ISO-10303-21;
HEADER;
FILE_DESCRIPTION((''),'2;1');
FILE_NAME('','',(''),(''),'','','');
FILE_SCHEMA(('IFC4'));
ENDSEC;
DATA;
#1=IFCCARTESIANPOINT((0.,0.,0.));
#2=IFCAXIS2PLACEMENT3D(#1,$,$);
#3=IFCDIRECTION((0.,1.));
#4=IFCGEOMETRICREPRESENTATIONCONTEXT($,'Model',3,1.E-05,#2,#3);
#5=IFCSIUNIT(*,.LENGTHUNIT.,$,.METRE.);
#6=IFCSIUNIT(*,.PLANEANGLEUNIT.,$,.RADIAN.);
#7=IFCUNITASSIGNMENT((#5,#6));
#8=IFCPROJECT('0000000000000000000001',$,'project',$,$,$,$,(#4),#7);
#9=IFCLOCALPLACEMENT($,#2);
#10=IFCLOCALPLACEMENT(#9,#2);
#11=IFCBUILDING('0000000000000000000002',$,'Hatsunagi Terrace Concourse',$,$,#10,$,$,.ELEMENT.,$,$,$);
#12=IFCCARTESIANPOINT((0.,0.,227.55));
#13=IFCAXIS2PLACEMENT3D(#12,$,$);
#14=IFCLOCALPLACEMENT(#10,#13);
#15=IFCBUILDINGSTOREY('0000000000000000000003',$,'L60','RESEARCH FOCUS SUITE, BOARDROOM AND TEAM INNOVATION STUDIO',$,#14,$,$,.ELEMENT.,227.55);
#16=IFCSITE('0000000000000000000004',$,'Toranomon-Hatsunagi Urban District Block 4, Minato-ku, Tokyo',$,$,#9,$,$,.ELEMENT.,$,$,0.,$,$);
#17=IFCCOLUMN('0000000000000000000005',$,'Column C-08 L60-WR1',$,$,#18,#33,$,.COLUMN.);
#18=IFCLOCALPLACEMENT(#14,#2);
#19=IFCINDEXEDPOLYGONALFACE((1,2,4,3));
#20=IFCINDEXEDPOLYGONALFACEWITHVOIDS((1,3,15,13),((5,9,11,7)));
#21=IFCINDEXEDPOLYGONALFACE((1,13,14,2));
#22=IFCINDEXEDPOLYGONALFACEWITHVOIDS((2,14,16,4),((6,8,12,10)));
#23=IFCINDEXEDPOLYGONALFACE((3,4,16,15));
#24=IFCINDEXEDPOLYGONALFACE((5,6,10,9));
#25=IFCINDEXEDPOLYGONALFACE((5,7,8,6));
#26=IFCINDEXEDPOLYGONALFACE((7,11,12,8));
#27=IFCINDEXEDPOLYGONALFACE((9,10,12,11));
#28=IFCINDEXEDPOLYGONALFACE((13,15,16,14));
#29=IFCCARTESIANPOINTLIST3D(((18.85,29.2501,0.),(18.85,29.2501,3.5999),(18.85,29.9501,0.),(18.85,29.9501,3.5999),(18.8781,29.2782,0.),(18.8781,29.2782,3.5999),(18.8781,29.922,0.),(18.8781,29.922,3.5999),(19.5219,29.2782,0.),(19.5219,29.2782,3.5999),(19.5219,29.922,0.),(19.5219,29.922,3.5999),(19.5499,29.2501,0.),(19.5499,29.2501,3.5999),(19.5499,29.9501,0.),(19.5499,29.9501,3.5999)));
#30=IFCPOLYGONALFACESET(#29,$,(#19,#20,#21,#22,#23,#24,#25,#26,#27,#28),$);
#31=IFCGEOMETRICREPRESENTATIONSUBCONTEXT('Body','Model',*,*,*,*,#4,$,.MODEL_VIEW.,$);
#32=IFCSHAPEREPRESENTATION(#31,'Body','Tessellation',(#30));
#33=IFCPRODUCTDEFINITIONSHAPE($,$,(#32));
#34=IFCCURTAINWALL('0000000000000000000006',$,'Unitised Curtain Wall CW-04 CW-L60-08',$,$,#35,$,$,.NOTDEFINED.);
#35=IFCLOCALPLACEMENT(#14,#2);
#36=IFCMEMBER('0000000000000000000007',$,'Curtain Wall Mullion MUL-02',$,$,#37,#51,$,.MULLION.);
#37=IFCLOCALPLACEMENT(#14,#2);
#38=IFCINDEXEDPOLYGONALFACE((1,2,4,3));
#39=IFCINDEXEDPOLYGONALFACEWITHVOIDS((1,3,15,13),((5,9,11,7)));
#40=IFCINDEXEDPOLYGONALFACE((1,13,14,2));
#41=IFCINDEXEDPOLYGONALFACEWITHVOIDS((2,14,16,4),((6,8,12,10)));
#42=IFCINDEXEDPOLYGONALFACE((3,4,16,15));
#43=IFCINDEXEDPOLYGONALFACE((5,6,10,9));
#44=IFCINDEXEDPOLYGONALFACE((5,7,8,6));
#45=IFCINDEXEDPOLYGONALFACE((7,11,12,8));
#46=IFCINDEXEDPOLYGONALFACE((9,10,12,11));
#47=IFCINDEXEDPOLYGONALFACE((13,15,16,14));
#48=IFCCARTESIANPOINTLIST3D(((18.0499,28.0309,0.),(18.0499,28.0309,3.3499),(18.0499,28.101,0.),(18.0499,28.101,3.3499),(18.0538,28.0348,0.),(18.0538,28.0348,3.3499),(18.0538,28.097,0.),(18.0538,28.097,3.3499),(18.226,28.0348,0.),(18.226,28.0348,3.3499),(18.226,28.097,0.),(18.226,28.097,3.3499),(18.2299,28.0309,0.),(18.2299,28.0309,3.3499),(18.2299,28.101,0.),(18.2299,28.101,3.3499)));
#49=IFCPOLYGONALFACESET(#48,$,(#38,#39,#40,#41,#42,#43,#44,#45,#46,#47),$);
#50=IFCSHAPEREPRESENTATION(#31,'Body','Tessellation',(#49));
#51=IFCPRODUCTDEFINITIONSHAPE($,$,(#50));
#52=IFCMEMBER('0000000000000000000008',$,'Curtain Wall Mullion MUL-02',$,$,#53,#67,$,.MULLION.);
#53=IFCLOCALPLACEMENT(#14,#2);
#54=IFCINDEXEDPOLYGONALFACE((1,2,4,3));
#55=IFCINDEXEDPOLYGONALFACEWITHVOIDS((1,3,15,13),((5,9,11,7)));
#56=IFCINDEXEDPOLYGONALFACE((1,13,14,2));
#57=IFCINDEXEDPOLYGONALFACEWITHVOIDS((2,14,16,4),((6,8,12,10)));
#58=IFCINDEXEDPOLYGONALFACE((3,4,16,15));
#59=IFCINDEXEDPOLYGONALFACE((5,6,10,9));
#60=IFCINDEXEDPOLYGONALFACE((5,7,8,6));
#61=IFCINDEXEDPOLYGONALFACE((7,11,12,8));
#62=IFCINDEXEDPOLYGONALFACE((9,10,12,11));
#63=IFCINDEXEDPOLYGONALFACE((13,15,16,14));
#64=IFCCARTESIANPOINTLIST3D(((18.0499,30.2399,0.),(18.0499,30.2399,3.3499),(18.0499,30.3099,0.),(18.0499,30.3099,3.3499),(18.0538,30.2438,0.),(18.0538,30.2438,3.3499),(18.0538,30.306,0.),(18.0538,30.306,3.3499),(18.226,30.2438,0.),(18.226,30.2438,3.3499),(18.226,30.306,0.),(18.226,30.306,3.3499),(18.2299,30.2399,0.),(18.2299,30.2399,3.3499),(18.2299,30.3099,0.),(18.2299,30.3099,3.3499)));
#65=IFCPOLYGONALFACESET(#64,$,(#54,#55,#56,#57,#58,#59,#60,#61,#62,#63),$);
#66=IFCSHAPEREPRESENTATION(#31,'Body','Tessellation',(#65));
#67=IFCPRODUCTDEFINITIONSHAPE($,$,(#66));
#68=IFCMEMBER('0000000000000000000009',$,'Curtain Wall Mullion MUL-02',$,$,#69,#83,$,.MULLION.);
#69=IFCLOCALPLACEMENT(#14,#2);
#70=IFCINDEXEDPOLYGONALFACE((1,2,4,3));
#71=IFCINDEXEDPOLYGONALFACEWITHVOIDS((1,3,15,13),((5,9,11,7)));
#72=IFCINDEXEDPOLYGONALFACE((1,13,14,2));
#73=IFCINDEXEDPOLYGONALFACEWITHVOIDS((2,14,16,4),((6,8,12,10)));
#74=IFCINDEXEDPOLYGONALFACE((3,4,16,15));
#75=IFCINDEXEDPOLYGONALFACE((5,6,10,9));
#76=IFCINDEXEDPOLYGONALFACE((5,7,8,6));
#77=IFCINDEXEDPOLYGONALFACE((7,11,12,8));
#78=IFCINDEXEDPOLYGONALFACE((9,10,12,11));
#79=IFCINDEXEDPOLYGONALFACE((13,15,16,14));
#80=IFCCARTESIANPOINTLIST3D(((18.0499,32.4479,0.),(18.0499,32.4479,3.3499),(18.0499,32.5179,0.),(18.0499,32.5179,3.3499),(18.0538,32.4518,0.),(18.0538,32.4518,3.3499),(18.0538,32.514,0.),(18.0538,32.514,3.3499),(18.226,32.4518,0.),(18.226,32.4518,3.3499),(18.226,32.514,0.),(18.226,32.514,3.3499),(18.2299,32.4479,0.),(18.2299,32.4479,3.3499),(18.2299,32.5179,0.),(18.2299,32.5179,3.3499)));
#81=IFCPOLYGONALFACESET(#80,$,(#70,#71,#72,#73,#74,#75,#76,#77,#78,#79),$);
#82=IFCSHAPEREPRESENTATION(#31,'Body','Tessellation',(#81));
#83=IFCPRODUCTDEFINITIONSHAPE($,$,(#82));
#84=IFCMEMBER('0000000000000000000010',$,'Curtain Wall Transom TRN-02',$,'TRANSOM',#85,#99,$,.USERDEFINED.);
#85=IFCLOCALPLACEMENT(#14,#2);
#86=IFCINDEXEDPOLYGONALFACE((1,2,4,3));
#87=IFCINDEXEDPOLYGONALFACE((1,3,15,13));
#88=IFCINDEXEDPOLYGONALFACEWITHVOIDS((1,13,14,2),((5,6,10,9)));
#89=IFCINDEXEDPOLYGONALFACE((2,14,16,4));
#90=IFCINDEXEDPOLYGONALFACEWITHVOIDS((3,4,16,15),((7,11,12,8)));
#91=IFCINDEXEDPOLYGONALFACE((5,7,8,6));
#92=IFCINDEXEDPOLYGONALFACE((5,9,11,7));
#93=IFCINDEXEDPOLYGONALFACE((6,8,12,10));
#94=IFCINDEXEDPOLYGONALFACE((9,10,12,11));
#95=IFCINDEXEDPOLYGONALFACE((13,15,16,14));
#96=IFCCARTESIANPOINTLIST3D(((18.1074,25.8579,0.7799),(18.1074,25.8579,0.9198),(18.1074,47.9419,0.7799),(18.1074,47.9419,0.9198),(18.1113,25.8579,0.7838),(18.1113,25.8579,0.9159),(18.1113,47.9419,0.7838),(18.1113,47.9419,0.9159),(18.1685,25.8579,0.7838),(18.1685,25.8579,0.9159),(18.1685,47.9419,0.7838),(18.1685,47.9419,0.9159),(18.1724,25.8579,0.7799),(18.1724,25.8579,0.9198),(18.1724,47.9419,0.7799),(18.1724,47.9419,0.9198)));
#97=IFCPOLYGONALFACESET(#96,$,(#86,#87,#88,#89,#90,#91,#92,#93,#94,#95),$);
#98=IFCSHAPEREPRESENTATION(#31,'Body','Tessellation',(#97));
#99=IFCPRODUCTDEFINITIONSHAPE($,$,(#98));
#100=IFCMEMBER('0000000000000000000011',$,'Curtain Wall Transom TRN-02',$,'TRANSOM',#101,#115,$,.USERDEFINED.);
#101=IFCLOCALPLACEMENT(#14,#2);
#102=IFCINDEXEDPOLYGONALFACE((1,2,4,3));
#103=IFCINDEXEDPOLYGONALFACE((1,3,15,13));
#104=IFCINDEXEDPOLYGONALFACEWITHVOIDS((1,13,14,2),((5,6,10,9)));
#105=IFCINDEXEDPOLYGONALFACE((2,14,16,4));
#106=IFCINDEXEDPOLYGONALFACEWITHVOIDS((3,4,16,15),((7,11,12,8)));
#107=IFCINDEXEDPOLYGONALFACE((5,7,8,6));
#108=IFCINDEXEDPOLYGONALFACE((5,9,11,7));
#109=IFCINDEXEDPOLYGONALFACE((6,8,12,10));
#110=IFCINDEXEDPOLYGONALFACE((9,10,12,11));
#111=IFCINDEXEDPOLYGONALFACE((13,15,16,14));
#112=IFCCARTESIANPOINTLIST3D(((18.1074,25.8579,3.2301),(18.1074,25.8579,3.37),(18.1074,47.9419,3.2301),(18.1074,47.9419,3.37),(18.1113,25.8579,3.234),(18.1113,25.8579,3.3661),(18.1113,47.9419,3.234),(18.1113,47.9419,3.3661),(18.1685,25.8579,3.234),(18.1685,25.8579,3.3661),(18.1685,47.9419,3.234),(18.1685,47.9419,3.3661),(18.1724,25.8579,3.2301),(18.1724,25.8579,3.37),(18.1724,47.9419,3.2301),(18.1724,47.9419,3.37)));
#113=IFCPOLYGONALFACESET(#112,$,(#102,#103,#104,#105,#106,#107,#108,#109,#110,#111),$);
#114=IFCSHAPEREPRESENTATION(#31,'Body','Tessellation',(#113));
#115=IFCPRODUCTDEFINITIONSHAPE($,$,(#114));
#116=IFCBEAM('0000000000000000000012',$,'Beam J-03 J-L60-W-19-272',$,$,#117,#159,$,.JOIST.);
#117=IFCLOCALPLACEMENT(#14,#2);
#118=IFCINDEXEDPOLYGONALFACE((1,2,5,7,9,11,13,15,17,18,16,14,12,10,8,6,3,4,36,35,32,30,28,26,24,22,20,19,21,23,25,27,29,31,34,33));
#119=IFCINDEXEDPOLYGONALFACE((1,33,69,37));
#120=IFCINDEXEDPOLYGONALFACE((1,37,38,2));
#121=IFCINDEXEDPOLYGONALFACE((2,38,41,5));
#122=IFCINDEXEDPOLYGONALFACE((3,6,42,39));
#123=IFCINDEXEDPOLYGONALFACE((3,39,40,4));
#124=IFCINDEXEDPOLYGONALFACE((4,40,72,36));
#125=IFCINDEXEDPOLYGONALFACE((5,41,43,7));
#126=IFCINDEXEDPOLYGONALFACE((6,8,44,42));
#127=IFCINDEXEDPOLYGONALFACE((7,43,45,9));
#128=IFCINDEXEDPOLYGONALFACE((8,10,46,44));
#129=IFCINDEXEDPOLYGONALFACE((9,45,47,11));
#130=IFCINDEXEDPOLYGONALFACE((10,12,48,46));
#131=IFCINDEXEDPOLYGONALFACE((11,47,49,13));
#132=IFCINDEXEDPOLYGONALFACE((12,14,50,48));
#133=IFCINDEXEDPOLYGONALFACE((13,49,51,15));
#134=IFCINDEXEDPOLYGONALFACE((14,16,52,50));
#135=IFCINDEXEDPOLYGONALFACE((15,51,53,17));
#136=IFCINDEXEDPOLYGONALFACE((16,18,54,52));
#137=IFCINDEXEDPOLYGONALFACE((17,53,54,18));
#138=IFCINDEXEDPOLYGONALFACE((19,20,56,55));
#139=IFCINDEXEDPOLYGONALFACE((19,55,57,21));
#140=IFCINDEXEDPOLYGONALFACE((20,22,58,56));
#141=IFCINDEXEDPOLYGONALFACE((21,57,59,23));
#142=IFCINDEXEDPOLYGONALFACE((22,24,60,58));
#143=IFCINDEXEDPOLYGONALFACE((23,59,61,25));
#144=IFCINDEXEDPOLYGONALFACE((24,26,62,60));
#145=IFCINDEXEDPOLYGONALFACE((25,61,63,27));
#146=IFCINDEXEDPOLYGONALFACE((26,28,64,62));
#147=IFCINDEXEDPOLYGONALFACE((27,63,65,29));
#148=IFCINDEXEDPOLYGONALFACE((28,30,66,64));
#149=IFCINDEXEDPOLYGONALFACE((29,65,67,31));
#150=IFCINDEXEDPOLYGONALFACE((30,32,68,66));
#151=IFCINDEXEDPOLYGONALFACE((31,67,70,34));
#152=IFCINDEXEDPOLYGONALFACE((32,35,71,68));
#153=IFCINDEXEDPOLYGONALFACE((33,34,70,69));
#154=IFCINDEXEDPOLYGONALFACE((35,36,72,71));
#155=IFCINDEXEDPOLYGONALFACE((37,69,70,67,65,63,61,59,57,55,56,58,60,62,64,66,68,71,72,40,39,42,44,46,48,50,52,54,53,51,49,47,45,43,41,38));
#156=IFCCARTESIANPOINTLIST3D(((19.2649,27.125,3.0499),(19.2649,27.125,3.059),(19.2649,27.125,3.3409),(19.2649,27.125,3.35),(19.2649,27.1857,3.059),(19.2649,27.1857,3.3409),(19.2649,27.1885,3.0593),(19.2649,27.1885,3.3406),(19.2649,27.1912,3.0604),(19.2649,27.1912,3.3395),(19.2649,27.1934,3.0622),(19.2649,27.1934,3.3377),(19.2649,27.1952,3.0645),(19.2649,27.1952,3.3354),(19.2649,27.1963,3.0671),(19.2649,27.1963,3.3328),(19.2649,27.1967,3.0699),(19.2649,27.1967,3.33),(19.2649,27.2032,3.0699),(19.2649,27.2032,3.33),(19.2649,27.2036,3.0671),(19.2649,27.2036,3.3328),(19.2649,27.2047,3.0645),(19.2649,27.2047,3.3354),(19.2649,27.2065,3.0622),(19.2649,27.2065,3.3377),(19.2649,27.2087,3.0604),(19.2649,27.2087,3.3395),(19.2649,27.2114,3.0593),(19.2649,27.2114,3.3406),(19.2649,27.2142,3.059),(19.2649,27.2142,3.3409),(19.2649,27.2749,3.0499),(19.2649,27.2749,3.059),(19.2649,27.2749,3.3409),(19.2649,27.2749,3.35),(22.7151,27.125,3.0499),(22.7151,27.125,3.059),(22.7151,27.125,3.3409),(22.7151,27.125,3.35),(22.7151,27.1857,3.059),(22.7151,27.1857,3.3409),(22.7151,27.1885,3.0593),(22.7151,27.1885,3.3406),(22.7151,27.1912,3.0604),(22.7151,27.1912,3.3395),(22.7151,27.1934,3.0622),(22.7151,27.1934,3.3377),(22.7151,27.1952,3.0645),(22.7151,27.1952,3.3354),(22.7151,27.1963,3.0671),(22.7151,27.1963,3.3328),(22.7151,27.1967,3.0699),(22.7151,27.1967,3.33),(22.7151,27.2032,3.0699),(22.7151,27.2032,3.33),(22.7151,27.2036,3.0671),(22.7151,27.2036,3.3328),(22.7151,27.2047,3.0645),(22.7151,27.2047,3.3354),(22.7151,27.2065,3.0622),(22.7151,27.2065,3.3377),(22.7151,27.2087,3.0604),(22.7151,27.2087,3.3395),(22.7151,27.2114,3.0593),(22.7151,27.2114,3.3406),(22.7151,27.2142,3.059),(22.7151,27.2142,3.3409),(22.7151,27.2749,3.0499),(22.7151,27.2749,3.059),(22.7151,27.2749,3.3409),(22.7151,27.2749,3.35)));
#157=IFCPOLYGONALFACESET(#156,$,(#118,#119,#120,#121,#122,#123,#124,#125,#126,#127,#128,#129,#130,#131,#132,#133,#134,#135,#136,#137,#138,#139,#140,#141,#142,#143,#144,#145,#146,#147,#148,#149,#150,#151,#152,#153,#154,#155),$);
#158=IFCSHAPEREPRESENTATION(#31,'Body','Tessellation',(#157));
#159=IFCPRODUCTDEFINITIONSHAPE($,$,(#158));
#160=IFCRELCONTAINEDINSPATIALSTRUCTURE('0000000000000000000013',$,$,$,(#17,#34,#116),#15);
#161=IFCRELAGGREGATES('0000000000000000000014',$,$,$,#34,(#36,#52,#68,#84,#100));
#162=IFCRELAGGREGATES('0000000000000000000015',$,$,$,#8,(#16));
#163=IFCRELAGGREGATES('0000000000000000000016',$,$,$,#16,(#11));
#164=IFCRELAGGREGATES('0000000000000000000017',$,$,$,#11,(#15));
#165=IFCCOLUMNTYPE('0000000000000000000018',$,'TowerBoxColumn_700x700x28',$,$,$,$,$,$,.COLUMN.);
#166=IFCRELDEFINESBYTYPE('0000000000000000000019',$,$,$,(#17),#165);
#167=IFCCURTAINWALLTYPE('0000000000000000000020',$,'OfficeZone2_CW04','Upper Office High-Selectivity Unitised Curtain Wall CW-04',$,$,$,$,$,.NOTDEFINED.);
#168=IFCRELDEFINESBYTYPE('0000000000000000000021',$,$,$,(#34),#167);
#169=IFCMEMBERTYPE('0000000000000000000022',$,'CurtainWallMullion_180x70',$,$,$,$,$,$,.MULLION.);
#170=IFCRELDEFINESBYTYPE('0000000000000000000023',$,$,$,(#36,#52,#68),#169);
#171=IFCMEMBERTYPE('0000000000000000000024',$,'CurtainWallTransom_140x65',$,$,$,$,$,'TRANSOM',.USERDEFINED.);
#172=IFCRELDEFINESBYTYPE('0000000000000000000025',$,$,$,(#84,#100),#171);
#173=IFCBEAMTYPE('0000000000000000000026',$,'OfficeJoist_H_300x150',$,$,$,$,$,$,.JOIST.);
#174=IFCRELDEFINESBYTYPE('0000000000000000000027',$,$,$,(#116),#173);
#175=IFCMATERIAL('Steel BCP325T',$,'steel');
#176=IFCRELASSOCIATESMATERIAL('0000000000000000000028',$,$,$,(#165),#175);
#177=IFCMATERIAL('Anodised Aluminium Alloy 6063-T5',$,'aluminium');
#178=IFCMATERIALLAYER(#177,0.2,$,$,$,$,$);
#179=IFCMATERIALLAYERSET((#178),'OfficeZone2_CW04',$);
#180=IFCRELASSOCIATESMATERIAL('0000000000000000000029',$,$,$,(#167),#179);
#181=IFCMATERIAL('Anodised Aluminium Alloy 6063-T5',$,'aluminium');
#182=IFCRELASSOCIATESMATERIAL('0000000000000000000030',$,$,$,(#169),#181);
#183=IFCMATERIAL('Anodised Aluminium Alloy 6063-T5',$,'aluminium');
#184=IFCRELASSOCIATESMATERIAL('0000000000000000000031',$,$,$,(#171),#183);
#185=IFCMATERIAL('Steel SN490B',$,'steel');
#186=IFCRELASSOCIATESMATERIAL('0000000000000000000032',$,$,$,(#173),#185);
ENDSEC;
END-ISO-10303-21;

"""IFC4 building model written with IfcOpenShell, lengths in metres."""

from ifc_helpers import new_model, si_unit, direction, frame, origin, origin_2d, place, context, subcontext, project, spatial, hollow_rectangle, i_section, extrude, material, layer, layer_set, material_profile, profile_set, type_object, element, aggregate, save


model = new_model("IFC4")

# Units and contexts
model_context = context("Model", 3, precision=1e-05, world=origin(), true_north=direction((0.0, 1.0)))
body_context = subcontext(model_context, "Body", "Model", "MODEL_VIEW")
ifc_project = project(units=[si_unit("LENGTHUNIT", "METRE"), si_unit("PLANEANGLEUNIT", "RADIAN")], contexts=[model_context])

# Site, building, storey
site_placement = place(None, origin())
site = spatial("IfcSite", under=ifc_project, at=site_placement, Name="Toranomon-Hatsunagi Urban District Block 4, Minato-ku, Tokyo", CompositionType="ELEMENT", RefElevation=0.0)
building_placement = place(site_placement, origin())
building = spatial("IfcBuilding", under=site, at=building_placement, Name="Hatsunagi Terrace Concourse", CompositionType="ELEMENT")
storey_placement = place(building_placement, frame((0.0, 0.0, 227.55)))
storey = spatial("IfcBuildingStorey", under=building, at=storey_placement, Name="L60", Description="RESEARCH FOCUS SUITE, BOARDROOM AND TEAM INNOVATION STUDIO", CompositionType="ELEMENT", Elevation=227.55)

# Column
ifc_material_1 = material(Name="Steel BCP325T", Category="steel")
ifc_material_profile_1 = material_profile(ifc_material_1, hollow_rectangle(XDim=0.7, YDim=0.7, WallThickness=0.0281, at=origin_2d()), Name="BCP-700x700x28")
ifc_profile_set_1 = profile_set([ifc_material_profile_1], Name="Steel BCP325T")
column_type = type_object("IfcColumnType", Name="TowerBoxColumn_700x700x28", PredefinedType="COLUMN", material=ifc_profile_set_1)
column_placement = place(storey_placement, frame((19.2, 29.6001, 0.0), z_axis=(0.0, 0.0, 1.0), x_axis=(1.0, 0.0, 0.0)))
element("IfcColumn", 1, at=column_placement, inside=storey, type_object=column_type, Name="Column C-08 L60-WR1", PredefinedType="COLUMN", context=body_context, shape_type="SweptSolid", body=[
    extrude(hollow_rectangle(XDim=0.7, YDim=0.7, WallThickness=0.0281, at=origin_2d()), origin(), (0.0, 0.0, 1.0), 3.5999),
])

# Curtain wall, members
ifc_material_2 = material(Name="Anodised Aluminium Alloy 6063-T5", Category="aluminium")
ifc_layer_1 = layer(ifc_material_2, 0.2)
ifc_layer_set_1 = layer_set([ifc_layer_1], Name="OfficeZone2_CW04")
curtain_wall_type = type_object("IfcCurtainWallType", Name="OfficeZone2_CW04", Description="Upper Office High-Selectivity Unitised Curtain Wall CW-04", PredefinedType="NOTDEFINED", material=ifc_layer_set_1)
curtain_wall_placement = place(storey_placement, origin())
curtain_wall = element("IfcCurtainWall", 2, at=curtain_wall_placement, inside=storey, type_object=curtain_wall_type, Name="Unitised Curtain Wall CW-04 CW-L60-08", PredefinedType="NOTDEFINED")
ifc_material_3 = material(Name="Anodised Aluminium Alloy 6063-T5", Category="aluminium")
ifc_material_profile_2 = material_profile(ifc_material_3, hollow_rectangle(XDim=0.0701, YDim=0.1799, WallThickness=0.0039, at=origin_2d()), Name="ALU-MUL-180x70x4")
ifc_profile_set_2 = profile_set([ifc_material_profile_2], Name="Anodised Aluminium Alloy 6063-T5")
member_type_1 = type_object("IfcMemberType", Name="CurtainWallMullion_180x70", PredefinedType="MULLION", material=ifc_profile_set_2)
member_1_placement = place(storey_placement, frame((18.1399, 28.0659, 0.0), z_axis=(0.0, 0.0, 1.0), x_axis=(0.0, 1.0, 0.0)))
member_1 = element("IfcMember", 3, at=member_1_placement, type_object=member_type_1, Name="Curtain Wall Mullion MUL-02", PredefinedType="MULLION", context=body_context, shape_type="SweptSolid", body=[
    extrude(hollow_rectangle(XDim=0.0701, YDim=0.1799, WallThickness=0.0039, at=origin_2d()), origin(), (0.0, 0.0, 1.0), 3.3499),
])
member_2_placement = place(storey_placement, frame((18.1399, 30.2749, 0.0), z_axis=(0.0, 0.0, 1.0), x_axis=(0.0, 1.0, 0.0)))
member_2 = element("IfcMember", 4, at=member_2_placement, type_object=member_type_1, Name="Curtain Wall Mullion MUL-02", PredefinedType="MULLION", context=body_context, shape_type="SweptSolid", body=[
    extrude(hollow_rectangle(XDim=0.0701, YDim=0.1799, WallThickness=0.0039, at=origin_2d()), origin(), (0.0, 0.0, 1.0), 3.3499),
])
member_3_placement = place(storey_placement, frame((18.1399, 32.4829, 0.0), z_axis=(0.0, 0.0, 1.0), x_axis=(0.0, 1.0, 0.0)))
member_3 = element("IfcMember", 5, at=member_3_placement, type_object=member_type_1, Name="Curtain Wall Mullion MUL-02", PredefinedType="MULLION", context=body_context, shape_type="SweptSolid", body=[
    extrude(hollow_rectangle(XDim=0.0701, YDim=0.1799, WallThickness=0.0039, at=origin_2d()), origin(), (0.0, 0.0, 1.0), 3.3499),
])
ifc_material_4 = material(Name="Anodised Aluminium Alloy 6063-T5", Category="aluminium")
ifc_material_profile_3 = material_profile(ifc_material_4, hollow_rectangle(XDim=0.0649, YDim=0.1399, WallThickness=0.0039, at=origin_2d()), Name="ALU-TRN-140x65x4")
ifc_profile_set_3 = profile_set([ifc_material_profile_3], Name="Anodised Aluminium Alloy 6063-T5")
member_type_2 = type_object("IfcMemberType", Name="CurtainWallTransom_140x65", ElementType="TRANSOM", PredefinedType="USERDEFINED", material=ifc_profile_set_3)
member_4_placement = place(storey_placement, frame((18.1399, 25.8579, 0.8499), z_axis=(0.0, 1.0, 0.0), x_axis=(-1.0, 0.0, 0.0)))
member_4 = element("IfcMember", 6, at=member_4_placement, type_object=member_type_2, Name="Curtain Wall Transom TRN-02", ObjectType="TRANSOM", PredefinedType="USERDEFINED", context=body_context, shape_type="SweptSolid", body=[
    extrude(hollow_rectangle(XDim=0.0649, YDim=0.1399, WallThickness=0.0039, at=origin_2d()), origin(), (0.0, 0.0, 1.0), 22.084),
])
member_5_placement = place(storey_placement, frame((18.1399, 25.8579, 3.3), z_axis=(0.0, 1.0, 0.0), x_axis=(-1.0, 0.0, 0.0)))
member_5 = element("IfcMember", 7, at=member_5_placement, type_object=member_type_2, Name="Curtain Wall Transom TRN-02", ObjectType="TRANSOM", PredefinedType="USERDEFINED", context=body_context, shape_type="SweptSolid", body=[
    extrude(hollow_rectangle(XDim=0.0649, YDim=0.1399, WallThickness=0.0039, at=origin_2d()), origin(), (0.0, 0.0, 1.0), 22.084),
])

# Beam
ifc_material_5 = material(Name="Steel SN490B", Category="steel")
ifc_material_profile_4 = material_profile(ifc_material_5, i_section(OverallWidth=0.1499, OverallDepth=0.3, WebThickness=0.0066, FlangeThickness=0.009, FilletRadius=0.011, at=origin_2d()), Name="H-300x150x6.5x9")
ifc_profile_set_4 = profile_set([ifc_material_profile_4], Name="Steel SN490B")
beam_type_1 = type_object("IfcBeamType", Name="OfficeJoist_H_300x150", PredefinedType="JOIST", material=ifc_profile_set_4)
for number, where, z_axis, x_axis, name in (
    (8, (19.2649, 27.2, 3.2), (1.0, 0.0, 0.0), (0.0, 1.0, 0.0), "Beam J-03 J-L60-W-19-272"),
):
    element("IfcBeam", number, at=place(storey_placement, frame(where, z_axis=z_axis, x_axis=x_axis)), inside=storey, type_object=beam_type_1, Name=name, PredefinedType="JOIST", context=body_context, shape_type="SweptSolid", body=[
        extrude(i_section(OverallWidth=0.1499, OverallDepth=0.3, WebThickness=0.0066, FlangeThickness=0.009, FilletRadius=0.011, at=origin_2d()), origin(), (0.0, 0.0, 1.0), 3.4502),
    ])

aggregate(curtain_wall, [member_1, member_2, member_3, member_4, member_5])

save(model, "model.ifc")
